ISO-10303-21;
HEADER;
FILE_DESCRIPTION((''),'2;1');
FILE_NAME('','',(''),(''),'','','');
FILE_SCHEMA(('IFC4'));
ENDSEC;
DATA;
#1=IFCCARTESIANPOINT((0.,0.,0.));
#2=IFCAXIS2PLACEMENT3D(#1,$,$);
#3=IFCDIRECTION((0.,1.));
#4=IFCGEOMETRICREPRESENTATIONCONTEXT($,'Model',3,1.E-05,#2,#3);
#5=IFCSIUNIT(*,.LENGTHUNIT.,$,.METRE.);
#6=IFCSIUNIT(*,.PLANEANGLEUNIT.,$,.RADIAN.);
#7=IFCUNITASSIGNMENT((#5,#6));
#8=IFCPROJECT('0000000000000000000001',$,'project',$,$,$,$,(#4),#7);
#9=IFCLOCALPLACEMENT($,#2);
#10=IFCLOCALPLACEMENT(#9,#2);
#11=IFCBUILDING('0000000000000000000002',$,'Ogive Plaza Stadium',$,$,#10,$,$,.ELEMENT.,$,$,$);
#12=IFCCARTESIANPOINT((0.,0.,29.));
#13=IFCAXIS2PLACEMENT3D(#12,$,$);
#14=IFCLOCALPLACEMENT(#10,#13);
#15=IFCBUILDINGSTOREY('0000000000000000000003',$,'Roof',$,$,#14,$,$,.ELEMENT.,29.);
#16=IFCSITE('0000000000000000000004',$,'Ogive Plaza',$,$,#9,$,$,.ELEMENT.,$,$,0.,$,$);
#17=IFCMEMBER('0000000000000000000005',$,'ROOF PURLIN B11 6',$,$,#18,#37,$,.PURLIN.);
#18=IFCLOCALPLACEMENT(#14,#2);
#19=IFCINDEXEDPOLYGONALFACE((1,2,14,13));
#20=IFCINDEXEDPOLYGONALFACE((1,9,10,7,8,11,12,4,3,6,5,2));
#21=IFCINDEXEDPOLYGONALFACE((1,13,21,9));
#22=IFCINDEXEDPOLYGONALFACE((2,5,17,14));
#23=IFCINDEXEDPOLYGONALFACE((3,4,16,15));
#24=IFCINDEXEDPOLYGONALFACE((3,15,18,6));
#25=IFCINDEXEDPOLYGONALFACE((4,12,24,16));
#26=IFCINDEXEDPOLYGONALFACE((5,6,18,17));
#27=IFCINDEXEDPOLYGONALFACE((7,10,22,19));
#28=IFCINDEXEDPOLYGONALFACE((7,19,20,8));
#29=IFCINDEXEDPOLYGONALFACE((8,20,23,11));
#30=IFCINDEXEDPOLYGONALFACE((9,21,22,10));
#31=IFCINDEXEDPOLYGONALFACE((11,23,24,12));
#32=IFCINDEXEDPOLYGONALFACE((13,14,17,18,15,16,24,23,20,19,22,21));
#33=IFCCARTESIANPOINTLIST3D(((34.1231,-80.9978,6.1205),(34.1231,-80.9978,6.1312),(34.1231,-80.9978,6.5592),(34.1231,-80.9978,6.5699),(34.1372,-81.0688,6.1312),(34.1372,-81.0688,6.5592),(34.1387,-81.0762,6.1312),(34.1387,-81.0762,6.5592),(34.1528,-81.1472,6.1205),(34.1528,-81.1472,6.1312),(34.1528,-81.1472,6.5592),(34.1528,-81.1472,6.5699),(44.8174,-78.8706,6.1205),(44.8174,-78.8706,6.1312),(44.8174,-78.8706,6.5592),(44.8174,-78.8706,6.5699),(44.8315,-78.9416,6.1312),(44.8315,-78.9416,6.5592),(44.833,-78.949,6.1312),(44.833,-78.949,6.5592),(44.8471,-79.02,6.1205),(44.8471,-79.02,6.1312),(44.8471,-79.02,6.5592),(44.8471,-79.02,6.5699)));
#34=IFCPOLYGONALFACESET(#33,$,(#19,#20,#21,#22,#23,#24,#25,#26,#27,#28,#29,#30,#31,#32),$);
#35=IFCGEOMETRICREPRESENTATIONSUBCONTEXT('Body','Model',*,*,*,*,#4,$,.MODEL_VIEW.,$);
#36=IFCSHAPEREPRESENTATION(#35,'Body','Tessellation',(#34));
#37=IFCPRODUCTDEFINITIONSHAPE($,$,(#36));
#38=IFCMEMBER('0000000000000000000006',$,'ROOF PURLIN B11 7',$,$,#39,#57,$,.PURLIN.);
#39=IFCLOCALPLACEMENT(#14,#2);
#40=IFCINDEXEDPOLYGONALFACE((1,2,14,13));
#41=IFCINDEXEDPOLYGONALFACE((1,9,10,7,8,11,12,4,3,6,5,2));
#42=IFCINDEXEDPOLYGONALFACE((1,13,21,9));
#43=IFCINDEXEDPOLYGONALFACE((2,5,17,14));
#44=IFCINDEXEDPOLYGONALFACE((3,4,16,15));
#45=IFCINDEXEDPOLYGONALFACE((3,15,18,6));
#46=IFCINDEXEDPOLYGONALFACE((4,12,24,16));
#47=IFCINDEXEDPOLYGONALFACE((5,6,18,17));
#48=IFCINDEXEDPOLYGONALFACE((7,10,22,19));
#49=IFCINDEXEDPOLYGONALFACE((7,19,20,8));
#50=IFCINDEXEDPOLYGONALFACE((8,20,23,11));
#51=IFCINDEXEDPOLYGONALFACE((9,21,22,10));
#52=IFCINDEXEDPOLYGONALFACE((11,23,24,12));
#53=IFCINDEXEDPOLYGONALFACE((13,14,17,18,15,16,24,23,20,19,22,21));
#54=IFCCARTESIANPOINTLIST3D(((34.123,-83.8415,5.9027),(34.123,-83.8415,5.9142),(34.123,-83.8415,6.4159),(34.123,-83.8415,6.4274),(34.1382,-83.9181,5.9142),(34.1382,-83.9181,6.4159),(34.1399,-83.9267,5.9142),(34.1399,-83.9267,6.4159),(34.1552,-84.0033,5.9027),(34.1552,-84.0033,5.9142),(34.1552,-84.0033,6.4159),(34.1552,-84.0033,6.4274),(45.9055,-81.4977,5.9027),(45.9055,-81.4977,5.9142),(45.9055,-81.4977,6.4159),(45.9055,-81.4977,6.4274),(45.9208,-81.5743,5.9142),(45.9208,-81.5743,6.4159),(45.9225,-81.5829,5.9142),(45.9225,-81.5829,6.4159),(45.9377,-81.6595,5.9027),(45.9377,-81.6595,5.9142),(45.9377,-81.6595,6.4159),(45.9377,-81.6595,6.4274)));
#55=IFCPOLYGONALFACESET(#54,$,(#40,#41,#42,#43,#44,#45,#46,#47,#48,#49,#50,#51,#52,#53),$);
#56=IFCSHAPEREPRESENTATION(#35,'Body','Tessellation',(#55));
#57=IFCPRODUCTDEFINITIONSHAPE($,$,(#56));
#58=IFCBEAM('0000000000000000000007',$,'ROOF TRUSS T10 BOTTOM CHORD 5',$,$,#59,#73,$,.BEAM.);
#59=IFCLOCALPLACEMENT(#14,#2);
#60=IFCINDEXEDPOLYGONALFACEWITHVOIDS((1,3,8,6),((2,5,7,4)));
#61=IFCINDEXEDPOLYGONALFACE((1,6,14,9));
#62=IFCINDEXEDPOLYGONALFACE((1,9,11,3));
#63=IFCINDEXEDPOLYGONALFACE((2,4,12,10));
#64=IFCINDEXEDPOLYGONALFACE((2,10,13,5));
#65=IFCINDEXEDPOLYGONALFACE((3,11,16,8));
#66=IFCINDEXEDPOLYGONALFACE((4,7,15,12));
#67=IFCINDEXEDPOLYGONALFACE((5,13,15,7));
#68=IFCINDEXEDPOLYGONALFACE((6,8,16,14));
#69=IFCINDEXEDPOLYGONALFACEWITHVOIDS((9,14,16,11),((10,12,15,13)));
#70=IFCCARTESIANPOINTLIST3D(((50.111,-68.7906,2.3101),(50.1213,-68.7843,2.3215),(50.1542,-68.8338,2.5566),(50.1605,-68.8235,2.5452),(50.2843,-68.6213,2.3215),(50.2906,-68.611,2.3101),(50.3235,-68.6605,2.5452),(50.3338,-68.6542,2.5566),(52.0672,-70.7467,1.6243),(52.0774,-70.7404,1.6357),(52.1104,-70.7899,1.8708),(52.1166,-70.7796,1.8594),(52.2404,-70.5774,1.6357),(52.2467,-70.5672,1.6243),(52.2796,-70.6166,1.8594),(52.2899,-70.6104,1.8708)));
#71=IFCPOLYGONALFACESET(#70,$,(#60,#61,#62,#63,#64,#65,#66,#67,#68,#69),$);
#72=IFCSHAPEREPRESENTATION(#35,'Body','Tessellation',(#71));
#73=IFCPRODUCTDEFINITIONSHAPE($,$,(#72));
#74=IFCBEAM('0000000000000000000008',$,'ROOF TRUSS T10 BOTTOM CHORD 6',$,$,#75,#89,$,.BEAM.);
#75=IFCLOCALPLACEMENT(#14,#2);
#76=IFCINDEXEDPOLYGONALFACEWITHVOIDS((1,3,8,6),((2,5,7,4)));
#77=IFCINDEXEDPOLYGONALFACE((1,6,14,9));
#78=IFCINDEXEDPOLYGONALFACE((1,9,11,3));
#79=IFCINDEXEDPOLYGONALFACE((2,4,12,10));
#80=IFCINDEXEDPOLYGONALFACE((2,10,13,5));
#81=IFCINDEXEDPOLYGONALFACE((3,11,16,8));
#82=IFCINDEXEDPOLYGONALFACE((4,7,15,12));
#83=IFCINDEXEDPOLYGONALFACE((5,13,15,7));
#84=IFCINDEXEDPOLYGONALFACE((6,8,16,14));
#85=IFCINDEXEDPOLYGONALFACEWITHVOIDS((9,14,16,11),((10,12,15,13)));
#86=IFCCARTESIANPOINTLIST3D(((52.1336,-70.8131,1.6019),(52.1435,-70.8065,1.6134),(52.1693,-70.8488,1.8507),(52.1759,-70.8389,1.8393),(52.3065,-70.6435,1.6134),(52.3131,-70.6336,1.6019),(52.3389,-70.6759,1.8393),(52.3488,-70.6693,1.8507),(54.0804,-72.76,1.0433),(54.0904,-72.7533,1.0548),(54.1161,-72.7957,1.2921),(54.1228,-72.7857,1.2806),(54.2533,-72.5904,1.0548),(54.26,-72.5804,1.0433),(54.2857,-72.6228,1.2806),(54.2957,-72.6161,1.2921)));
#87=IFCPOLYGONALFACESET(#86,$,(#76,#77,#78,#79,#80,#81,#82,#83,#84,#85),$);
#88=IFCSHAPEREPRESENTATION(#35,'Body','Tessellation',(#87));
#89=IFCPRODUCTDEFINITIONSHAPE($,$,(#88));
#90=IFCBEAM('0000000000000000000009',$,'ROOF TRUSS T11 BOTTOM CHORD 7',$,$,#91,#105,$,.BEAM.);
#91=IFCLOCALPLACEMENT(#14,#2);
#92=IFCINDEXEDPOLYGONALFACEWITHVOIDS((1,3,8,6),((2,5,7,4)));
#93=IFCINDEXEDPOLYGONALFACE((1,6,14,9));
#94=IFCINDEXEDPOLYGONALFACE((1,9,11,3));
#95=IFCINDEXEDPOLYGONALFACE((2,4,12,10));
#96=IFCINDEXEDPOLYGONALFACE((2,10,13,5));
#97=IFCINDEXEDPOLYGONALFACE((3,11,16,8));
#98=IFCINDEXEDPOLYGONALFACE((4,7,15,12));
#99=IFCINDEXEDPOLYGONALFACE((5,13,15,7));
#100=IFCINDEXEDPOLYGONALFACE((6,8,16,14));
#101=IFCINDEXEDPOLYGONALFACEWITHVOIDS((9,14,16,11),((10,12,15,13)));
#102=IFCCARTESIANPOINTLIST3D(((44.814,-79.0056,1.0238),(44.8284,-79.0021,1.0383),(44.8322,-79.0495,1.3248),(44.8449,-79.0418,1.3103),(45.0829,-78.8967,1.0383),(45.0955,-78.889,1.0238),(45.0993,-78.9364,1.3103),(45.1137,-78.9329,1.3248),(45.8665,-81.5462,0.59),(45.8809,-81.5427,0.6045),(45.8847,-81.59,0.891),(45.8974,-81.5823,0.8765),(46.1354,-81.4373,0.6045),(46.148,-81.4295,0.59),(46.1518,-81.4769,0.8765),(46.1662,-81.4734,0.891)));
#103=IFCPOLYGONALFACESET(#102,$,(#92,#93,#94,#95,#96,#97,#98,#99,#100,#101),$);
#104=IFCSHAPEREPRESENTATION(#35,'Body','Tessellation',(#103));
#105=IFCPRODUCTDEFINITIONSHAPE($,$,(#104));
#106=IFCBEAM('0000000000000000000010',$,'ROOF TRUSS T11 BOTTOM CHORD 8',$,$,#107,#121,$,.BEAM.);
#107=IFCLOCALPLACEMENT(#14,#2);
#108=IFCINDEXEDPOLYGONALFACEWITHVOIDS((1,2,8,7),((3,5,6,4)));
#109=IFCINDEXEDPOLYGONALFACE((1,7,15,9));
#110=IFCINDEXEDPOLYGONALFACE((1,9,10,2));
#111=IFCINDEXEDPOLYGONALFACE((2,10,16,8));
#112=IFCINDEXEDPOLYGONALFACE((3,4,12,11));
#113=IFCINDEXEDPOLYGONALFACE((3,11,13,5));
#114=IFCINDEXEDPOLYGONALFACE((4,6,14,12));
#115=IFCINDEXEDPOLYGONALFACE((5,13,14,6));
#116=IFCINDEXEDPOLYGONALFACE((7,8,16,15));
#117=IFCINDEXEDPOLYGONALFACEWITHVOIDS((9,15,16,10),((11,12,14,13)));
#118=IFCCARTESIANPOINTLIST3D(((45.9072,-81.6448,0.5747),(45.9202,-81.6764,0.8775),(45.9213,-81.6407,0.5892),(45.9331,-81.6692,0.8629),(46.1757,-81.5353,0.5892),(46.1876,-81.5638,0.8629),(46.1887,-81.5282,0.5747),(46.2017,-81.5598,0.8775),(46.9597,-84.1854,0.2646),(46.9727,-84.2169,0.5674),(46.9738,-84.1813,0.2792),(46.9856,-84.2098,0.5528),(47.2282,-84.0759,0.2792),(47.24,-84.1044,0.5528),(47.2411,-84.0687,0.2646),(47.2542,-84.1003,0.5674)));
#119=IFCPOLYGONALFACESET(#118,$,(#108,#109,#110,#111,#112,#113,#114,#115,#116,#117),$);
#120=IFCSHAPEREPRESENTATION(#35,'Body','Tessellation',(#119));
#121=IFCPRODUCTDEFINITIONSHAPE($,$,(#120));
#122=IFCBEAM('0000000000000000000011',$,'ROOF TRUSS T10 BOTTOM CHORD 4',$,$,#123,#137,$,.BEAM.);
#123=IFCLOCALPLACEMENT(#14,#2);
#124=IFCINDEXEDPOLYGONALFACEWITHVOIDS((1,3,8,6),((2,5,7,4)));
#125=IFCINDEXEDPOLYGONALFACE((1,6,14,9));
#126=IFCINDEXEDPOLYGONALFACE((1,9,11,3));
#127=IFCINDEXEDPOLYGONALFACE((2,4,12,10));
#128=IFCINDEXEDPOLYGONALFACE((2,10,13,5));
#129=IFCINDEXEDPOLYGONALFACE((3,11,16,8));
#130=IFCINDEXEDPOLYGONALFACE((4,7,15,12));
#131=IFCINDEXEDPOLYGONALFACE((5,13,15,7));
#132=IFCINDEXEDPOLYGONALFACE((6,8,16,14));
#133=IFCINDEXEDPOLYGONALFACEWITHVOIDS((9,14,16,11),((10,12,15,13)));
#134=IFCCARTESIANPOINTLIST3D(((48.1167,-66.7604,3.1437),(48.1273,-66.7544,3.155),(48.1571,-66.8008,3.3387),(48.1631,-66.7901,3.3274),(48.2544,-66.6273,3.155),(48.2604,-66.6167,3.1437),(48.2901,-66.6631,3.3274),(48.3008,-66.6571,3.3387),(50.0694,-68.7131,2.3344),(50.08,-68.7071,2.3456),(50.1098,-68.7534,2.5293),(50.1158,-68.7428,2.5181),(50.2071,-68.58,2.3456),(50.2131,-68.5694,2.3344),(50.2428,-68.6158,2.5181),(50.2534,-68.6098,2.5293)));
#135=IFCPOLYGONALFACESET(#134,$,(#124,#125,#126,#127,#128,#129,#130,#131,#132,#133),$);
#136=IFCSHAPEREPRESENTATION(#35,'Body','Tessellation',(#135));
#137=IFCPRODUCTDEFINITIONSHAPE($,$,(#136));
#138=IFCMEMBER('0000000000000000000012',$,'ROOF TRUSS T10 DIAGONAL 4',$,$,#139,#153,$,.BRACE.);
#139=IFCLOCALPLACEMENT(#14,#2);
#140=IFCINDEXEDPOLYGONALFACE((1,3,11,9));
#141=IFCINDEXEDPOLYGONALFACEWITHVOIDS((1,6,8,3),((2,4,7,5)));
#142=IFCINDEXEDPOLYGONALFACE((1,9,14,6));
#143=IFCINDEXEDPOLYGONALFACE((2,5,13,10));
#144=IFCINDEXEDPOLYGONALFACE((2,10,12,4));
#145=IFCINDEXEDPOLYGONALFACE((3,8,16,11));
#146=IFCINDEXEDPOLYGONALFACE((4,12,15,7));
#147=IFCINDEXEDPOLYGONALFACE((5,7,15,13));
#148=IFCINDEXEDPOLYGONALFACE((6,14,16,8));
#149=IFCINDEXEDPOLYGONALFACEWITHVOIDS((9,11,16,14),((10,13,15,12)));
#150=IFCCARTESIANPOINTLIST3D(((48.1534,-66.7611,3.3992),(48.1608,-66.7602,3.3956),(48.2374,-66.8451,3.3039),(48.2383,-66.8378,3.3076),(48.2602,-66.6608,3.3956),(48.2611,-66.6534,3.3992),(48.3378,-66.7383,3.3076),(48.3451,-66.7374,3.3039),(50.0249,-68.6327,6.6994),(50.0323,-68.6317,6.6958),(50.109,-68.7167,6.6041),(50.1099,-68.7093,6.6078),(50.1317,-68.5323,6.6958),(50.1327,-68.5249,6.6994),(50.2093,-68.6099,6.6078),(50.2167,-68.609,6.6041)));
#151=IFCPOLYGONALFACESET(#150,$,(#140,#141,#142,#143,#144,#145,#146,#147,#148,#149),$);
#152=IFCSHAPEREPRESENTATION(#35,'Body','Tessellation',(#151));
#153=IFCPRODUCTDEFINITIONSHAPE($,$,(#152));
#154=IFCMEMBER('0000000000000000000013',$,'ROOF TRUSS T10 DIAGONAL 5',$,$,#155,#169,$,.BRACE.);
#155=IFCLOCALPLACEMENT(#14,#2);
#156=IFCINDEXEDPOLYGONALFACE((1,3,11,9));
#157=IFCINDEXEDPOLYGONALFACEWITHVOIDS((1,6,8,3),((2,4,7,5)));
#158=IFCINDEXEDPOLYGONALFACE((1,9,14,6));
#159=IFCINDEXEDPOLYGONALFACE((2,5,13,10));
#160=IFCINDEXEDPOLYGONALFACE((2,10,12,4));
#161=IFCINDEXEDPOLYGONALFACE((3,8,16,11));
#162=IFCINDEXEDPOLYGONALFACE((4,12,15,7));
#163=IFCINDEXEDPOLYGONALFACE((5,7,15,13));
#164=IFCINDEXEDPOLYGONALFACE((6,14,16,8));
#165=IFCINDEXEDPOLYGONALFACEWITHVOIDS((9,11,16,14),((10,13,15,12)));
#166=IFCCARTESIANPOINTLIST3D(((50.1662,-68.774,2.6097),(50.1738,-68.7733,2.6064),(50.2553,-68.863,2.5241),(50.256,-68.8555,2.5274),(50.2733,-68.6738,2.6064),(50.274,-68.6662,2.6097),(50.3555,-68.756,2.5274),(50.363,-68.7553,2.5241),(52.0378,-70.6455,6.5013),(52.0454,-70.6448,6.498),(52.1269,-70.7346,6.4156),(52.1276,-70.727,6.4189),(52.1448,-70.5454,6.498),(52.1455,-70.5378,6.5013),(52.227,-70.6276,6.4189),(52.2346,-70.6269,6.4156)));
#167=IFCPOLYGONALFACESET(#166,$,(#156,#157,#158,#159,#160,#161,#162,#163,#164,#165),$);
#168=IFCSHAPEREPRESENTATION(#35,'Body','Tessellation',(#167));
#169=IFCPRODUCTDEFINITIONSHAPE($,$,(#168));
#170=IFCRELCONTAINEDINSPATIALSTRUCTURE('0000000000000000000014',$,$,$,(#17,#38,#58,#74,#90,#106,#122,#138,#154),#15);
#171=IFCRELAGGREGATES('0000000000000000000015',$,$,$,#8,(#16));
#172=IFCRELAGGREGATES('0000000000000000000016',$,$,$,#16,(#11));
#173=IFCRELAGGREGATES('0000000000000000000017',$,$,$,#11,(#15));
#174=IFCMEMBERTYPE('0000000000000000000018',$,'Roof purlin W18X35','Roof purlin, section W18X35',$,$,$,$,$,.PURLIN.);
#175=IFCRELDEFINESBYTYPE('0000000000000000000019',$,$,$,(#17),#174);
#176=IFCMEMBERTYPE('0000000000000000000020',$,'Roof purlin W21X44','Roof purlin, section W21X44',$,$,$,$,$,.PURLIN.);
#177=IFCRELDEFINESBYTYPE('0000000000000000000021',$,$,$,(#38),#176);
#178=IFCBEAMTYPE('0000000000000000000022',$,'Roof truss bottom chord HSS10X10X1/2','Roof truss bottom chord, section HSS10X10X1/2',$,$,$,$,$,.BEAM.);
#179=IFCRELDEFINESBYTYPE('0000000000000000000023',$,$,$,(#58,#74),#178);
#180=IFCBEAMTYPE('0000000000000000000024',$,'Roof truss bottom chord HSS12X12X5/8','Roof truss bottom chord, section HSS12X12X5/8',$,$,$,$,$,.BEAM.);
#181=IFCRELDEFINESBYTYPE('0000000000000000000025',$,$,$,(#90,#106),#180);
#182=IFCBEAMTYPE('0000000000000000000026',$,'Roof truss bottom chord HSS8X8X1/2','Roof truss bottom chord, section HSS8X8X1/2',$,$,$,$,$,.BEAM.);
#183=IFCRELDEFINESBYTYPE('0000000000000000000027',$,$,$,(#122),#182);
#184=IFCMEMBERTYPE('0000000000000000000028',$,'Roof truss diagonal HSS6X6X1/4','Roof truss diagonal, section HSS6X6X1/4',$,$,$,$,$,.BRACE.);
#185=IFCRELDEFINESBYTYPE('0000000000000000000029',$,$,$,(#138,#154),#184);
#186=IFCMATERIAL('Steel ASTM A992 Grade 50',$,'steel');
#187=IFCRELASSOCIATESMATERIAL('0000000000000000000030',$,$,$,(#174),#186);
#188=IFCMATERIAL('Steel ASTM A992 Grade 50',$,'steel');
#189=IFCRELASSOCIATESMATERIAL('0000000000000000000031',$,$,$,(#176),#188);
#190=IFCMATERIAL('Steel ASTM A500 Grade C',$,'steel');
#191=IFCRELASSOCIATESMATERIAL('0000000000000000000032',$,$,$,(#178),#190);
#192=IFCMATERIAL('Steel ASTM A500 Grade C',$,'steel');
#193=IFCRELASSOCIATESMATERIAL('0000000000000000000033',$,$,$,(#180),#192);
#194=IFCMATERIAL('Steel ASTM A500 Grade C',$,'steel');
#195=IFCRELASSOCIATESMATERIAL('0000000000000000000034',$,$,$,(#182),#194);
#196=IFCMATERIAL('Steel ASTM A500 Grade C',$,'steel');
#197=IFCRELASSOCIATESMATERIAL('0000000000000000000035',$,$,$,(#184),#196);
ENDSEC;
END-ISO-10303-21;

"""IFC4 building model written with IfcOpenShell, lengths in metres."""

from ifc_helpers import new_model, si_unit, direction, frame, origin, origin_2d, place, context, subcontext, project, spatial, hollow_rectangle, i_section, extrude, material, material_profile, profile_set, type_object, element, save


model = new_model("IFC4")

# Units and contexts
model_context = context("Model", 3, precision=1e-05, world=origin(), true_north=direction((0.0, 1.0)))
body_context = subcontext(model_context, "Body", "Model", "MODEL_VIEW")
ifc_project = project(units=[si_unit("LENGTHUNIT", "METRE"), si_unit("PLANEANGLEUNIT", "RADIAN")], contexts=[model_context])

# Site, building, storey
site_placement = place(None, origin())
site = spatial("IfcSite", under=ifc_project, at=site_placement, Name="Ogive Plaza", CompositionType="ELEMENT", RefElevation=0.0)
building_placement = place(site_placement, origin())
building = spatial("IfcBuilding", under=site, at=building_placement, Name="Ogive Plaza Stadium", CompositionType="ELEMENT")
storey_placement = place(building_placement, frame((0.0, 0.0, 29.0)))
storey = spatial("IfcBuildingStorey", under=building, at=storey_placement, Name="Roof", CompositionType="ELEMENT", Elevation=29.0)

# Members
ifc_material_1 = material(Name="Steel ASTM A992 Grade 50", Category="steel")
ifc_material_profile_1 = material_profile(ifc_material_1, i_section(OverallWidth=0.1523, OverallDepth=0.4495, WebThickness=0.0076, FlangeThickness=0.0107, at=origin_2d()), Name="W18X35")
ifc_profile_set_1 = profile_set([ifc_material_profile_1], Name="Steel ASTM A992 Grade 50")
member_type_1 = type_object("IfcMemberType", Name="Roof purlin W18X35", Description="Roof purlin, section W18X35", PredefinedType="PURLIN", material=ifc_profile_set_1)
member_1_placement = place(storey_placement, frame((44.8323, -78.9453, 6.3452), z_axis=(-0.980786, -0.195087, 0.0), x_axis=(0.195087, -0.980786, 0.0)))
element("IfcMember", 1, at=member_1_placement, inside=storey, type_object=member_type_1, Name="ROOF PURLIN B11 6", PredefinedType="PURLIN", context=body_context, shape_type="SweptSolid", body=[
    extrude(i_section(OverallWidth=0.1523, OverallDepth=0.4495, WebThickness=0.0076, FlangeThickness=0.0107, at=origin_2d()), origin(), (0.0, 0.0, 1.0), 10.9038),
])
ifc_material_2 = material(Name="Steel ASTM A992 Grade 50", Category="steel")
ifc_material_profile_2 = material_profile(ifc_material_2, i_section(OverallWidth=0.165, OverallDepth=0.5247, WebThickness=0.0088, FlangeThickness=0.0115, at=origin_2d()), Name="W21X44")
ifc_profile_set_2 = profile_set([ifc_material_profile_2], Name="Steel ASTM A992 Grade 50")
member_type_2 = type_object("IfcMemberType", Name="Roof purlin W21X44", Description="Roof purlin, section W21X44", PredefinedType="PURLIN", material=ifc_profile_set_2)
member_2_placement = place(storey_placement, frame((45.9216, -81.5786, 6.165), z_axis=(-0.980784, -0.195096, 0.0), x_axis=(0.195096, -0.980784, 0.0)))
element("IfcMember", 2, at=member_2_placement, inside=storey, type_object=member_type_2, Name="ROOF PURLIN B11 7", PredefinedType="PURLIN", context=body_context, shape_type="SweptSolid", body=[
    extrude(i_section(OverallWidth=0.165, OverallDepth=0.5247, WebThickness=0.0088, FlangeThickness=0.0115, at=origin_2d()), origin(), (0.0, 0.0, 1.0), 12.0134),
])

# Beams
ifc_material_3 = material(Name="Steel ASTM A500 Grade C", Category="steel")
ifc_material_profile_3 = material_profile(ifc_material_3, hollow_rectangle(XDim=0.2539, YDim=0.2539, WallThickness=0.0117, at=origin_2d()), Name="HSS10X10X1/2")
ifc_profile_set_3 = profile_set([ifc_material_profile_3], Name="Steel ASTM A500 Grade C")
beam_type_1 = type_object("IfcBeamType", Name="Roof truss bottom chord HSS10X10X1/2", Description="Roof truss bottom chord, section HSS10X10X1/2", PredefinedType="BEAM", material=ifc_profile_set_3)
beam_1_placement = place(storey_placement, frame((50.2224, -68.7224, 2.4333), z_axis=(0.68633, -0.68633, -0.240627), x_axis=(0.707107, 0.707107, 0.0)))
element("IfcBeam", 3, at=beam_1_placement, inside=storey, type_object=beam_type_1, Name="ROOF TRUSS T10 BOTTOM CHORD 5", PredefinedType="BEAM", context=body_context, shape_type="SweptSolid", body=[
    extrude(hollow_rectangle(XDim=0.2539, YDim=0.2539, WallThickness=0.0117, at=origin_2d()), origin(), (0.0, 0.0, 1.0), 2.8501),
])
beam_2_placement = place(storey_placement, frame((52.2412, -70.7412, 1.7263), z_axis=(0.692987, -0.692987, -0.198841), x_axis=(0.707107, 0.707107, 0.0)))
element("IfcBeam", 4, at=beam_2_placement, inside=storey, type_object=beam_type_1, Name="ROOF TRUSS T10 BOTTOM CHORD 6", PredefinedType="BEAM", context=body_context, shape_type="SweptSolid", body=[
    extrude(hollow_rectangle(XDim=0.2539, YDim=0.2539, WallThickness=0.0117, at=origin_2d()), origin(), (0.0, 0.0, 1.0), 2.8093),
])
ifc_material_4 = material(Name="Steel ASTM A500 Grade C", Category="steel")
ifc_material_profile_4 = material_profile(ifc_material_4, hollow_rectangle(XDim=0.3047, YDim=0.3047, WallThickness=0.0146, at=origin_2d()), Name="HSS12X12X5/8")
ifc_profile_set_4 = profile_set([ifc_material_profile_4], Name="Steel ASTM A500 Grade C")
beam_type_2 = type_object("IfcBeamType", Name="Roof truss bottom chord HSS12X12X5/8", Description="Roof truss bottom chord, section HSS12X12X5/8", PredefinedType="BEAM", material=ifc_profile_set_4)
beam_3_placement = place(storey_placement, frame((44.9639, -78.9692, 1.1743), z_axis=(0.37806, -0.912571, -0.155837), x_axis=(0.923858, 0.382736, 0.0)))
element("IfcBeam", 5, at=beam_3_placement, inside=storey, type_object=beam_type_2, Name="ROOF TRUSS T11 BOTTOM CHORD 7", PredefinedType="BEAM", context=body_context, shape_type="SweptSolid", body=[
    extrude(hollow_rectangle(XDim=0.3047, YDim=0.3047, WallThickness=0.0146, at=origin_2d()), origin(), (0.0, 0.0, 1.0), 2.7839),
])
beam_4_placement = place(storey_placement, frame((46.0544, -81.6023, 0.7261), z_axis=(0.380326, -0.918041, -0.112042), x_axis=(0.923858, 0.382736, 0.0)))
element("IfcBeam", 6, at=beam_4_placement, inside=storey, type_object=beam_type_2, Name="ROOF TRUSS T11 BOTTOM CHORD 8", PredefinedType="BEAM", context=body_context, shape_type="SweptSolid", body=[
    extrude(hollow_rectangle(XDim=0.3047, YDim=0.3047, WallThickness=0.0146, at=origin_2d()), origin(), (0.0, 0.0, 1.0), 2.7673),
])
ifc_material_5 = material(Name="Steel ASTM A500 Grade C", Category="steel")
ifc_material_profile_5 = material_profile(ifc_material_5, hollow_rectangle(XDim=0.2031, YDim=0.2031, WallThickness=0.0117, at=origin_2d()), Name="HSS8X8X1/2")
ifc_profile_set_5 = profile_set([ifc_material_profile_5], Name="Steel ASTM A500 Grade C")
beam_type_3 = type_object("IfcBeamType", Name="Roof truss bottom chord HSS8X8X1/2", Description="Roof truss bottom chord, section HSS8X8X1/2", PredefinedType="BEAM", material=ifc_profile_set_5)
beam_5_placement = place(storey_placement, frame((48.2087, -66.7087, 3.2412), z_axis=(0.678564, -0.678564, -0.28125), x_axis=(0.707107, 0.707107, 0.0)))
element("IfcBeam", 7, at=beam_5_placement, inside=storey, type_object=beam_type_3, Name="ROOF TRUSS T10 BOTTOM CHORD 4", PredefinedType="BEAM", context=body_context, shape_type="SweptSolid", body=[
    extrude(hollow_rectangle(XDim=0.2031, YDim=0.2031, WallThickness=0.0117, at=origin_2d()), origin(), (0.0, 0.0, 1.0), 2.8777),
])

# Members
ifc_material_6 = material(Name="Steel ASTM A500 Grade C", Category="steel")
ifc_material_profile_6 = material_profile(ifc_material_6, hollow_rectangle(XDim=0.1523, YDim=0.1523, WallThickness=0.0059, at=origin_2d()), Name="HSS6X6X1/4")
ifc_profile_set_6 = profile_set([ifc_material_profile_6], Name="Steel ASTM A500 Grade C")
member_type_3 = type_object("IfcMemberType", Name="Roof truss diagonal HSS6X6X1/4", Description="Roof truss diagonal, section HSS6X6X1/4", PredefinedType="BRACE", material=ifc_profile_set_6)
member_3_placement = place(storey_placement, frame((48.2493, -66.7493, 3.3516), z_axis=(0.442397, -0.442397, 0.780109), x_axis=(0.707107, 0.707107, 0.0)))
element("IfcMember", 8, at=member_3_placement, inside=storey, type_object=member_type_3, Name="ROOF TRUSS T10 DIAGONAL 4", PredefinedType="BRACE", context=body_context, shape_type="SweptSolid", body=[
    extrude(hollow_rectangle(XDim=0.1523, YDim=0.1523, WallThickness=0.0059, at=origin_2d()), origin(), (0.0, 0.0, 1.0), 4.2305),
])
member_4_placement = place(storey_placement, frame((50.2646, -68.7646, 2.5669), z_axis=(0.397667, -0.397667, 0.826874), x_axis=(0.707107, 0.707107, 0.0)))
element("IfcMember", 9, at=member_4_placement, inside=storey, type_object=member_type_3, Name="ROOF TRUSS T10 DIAGONAL 5", PredefinedType="BRACE", context=body_context, shape_type="SweptSolid", body=[
    extrude(hollow_rectangle(XDim=0.1523, YDim=0.1523, WallThickness=0.0059, at=origin_2d()), origin(), (0.0, 0.0, 1.0), 4.7063),
])

save(model, "model.ifc")
